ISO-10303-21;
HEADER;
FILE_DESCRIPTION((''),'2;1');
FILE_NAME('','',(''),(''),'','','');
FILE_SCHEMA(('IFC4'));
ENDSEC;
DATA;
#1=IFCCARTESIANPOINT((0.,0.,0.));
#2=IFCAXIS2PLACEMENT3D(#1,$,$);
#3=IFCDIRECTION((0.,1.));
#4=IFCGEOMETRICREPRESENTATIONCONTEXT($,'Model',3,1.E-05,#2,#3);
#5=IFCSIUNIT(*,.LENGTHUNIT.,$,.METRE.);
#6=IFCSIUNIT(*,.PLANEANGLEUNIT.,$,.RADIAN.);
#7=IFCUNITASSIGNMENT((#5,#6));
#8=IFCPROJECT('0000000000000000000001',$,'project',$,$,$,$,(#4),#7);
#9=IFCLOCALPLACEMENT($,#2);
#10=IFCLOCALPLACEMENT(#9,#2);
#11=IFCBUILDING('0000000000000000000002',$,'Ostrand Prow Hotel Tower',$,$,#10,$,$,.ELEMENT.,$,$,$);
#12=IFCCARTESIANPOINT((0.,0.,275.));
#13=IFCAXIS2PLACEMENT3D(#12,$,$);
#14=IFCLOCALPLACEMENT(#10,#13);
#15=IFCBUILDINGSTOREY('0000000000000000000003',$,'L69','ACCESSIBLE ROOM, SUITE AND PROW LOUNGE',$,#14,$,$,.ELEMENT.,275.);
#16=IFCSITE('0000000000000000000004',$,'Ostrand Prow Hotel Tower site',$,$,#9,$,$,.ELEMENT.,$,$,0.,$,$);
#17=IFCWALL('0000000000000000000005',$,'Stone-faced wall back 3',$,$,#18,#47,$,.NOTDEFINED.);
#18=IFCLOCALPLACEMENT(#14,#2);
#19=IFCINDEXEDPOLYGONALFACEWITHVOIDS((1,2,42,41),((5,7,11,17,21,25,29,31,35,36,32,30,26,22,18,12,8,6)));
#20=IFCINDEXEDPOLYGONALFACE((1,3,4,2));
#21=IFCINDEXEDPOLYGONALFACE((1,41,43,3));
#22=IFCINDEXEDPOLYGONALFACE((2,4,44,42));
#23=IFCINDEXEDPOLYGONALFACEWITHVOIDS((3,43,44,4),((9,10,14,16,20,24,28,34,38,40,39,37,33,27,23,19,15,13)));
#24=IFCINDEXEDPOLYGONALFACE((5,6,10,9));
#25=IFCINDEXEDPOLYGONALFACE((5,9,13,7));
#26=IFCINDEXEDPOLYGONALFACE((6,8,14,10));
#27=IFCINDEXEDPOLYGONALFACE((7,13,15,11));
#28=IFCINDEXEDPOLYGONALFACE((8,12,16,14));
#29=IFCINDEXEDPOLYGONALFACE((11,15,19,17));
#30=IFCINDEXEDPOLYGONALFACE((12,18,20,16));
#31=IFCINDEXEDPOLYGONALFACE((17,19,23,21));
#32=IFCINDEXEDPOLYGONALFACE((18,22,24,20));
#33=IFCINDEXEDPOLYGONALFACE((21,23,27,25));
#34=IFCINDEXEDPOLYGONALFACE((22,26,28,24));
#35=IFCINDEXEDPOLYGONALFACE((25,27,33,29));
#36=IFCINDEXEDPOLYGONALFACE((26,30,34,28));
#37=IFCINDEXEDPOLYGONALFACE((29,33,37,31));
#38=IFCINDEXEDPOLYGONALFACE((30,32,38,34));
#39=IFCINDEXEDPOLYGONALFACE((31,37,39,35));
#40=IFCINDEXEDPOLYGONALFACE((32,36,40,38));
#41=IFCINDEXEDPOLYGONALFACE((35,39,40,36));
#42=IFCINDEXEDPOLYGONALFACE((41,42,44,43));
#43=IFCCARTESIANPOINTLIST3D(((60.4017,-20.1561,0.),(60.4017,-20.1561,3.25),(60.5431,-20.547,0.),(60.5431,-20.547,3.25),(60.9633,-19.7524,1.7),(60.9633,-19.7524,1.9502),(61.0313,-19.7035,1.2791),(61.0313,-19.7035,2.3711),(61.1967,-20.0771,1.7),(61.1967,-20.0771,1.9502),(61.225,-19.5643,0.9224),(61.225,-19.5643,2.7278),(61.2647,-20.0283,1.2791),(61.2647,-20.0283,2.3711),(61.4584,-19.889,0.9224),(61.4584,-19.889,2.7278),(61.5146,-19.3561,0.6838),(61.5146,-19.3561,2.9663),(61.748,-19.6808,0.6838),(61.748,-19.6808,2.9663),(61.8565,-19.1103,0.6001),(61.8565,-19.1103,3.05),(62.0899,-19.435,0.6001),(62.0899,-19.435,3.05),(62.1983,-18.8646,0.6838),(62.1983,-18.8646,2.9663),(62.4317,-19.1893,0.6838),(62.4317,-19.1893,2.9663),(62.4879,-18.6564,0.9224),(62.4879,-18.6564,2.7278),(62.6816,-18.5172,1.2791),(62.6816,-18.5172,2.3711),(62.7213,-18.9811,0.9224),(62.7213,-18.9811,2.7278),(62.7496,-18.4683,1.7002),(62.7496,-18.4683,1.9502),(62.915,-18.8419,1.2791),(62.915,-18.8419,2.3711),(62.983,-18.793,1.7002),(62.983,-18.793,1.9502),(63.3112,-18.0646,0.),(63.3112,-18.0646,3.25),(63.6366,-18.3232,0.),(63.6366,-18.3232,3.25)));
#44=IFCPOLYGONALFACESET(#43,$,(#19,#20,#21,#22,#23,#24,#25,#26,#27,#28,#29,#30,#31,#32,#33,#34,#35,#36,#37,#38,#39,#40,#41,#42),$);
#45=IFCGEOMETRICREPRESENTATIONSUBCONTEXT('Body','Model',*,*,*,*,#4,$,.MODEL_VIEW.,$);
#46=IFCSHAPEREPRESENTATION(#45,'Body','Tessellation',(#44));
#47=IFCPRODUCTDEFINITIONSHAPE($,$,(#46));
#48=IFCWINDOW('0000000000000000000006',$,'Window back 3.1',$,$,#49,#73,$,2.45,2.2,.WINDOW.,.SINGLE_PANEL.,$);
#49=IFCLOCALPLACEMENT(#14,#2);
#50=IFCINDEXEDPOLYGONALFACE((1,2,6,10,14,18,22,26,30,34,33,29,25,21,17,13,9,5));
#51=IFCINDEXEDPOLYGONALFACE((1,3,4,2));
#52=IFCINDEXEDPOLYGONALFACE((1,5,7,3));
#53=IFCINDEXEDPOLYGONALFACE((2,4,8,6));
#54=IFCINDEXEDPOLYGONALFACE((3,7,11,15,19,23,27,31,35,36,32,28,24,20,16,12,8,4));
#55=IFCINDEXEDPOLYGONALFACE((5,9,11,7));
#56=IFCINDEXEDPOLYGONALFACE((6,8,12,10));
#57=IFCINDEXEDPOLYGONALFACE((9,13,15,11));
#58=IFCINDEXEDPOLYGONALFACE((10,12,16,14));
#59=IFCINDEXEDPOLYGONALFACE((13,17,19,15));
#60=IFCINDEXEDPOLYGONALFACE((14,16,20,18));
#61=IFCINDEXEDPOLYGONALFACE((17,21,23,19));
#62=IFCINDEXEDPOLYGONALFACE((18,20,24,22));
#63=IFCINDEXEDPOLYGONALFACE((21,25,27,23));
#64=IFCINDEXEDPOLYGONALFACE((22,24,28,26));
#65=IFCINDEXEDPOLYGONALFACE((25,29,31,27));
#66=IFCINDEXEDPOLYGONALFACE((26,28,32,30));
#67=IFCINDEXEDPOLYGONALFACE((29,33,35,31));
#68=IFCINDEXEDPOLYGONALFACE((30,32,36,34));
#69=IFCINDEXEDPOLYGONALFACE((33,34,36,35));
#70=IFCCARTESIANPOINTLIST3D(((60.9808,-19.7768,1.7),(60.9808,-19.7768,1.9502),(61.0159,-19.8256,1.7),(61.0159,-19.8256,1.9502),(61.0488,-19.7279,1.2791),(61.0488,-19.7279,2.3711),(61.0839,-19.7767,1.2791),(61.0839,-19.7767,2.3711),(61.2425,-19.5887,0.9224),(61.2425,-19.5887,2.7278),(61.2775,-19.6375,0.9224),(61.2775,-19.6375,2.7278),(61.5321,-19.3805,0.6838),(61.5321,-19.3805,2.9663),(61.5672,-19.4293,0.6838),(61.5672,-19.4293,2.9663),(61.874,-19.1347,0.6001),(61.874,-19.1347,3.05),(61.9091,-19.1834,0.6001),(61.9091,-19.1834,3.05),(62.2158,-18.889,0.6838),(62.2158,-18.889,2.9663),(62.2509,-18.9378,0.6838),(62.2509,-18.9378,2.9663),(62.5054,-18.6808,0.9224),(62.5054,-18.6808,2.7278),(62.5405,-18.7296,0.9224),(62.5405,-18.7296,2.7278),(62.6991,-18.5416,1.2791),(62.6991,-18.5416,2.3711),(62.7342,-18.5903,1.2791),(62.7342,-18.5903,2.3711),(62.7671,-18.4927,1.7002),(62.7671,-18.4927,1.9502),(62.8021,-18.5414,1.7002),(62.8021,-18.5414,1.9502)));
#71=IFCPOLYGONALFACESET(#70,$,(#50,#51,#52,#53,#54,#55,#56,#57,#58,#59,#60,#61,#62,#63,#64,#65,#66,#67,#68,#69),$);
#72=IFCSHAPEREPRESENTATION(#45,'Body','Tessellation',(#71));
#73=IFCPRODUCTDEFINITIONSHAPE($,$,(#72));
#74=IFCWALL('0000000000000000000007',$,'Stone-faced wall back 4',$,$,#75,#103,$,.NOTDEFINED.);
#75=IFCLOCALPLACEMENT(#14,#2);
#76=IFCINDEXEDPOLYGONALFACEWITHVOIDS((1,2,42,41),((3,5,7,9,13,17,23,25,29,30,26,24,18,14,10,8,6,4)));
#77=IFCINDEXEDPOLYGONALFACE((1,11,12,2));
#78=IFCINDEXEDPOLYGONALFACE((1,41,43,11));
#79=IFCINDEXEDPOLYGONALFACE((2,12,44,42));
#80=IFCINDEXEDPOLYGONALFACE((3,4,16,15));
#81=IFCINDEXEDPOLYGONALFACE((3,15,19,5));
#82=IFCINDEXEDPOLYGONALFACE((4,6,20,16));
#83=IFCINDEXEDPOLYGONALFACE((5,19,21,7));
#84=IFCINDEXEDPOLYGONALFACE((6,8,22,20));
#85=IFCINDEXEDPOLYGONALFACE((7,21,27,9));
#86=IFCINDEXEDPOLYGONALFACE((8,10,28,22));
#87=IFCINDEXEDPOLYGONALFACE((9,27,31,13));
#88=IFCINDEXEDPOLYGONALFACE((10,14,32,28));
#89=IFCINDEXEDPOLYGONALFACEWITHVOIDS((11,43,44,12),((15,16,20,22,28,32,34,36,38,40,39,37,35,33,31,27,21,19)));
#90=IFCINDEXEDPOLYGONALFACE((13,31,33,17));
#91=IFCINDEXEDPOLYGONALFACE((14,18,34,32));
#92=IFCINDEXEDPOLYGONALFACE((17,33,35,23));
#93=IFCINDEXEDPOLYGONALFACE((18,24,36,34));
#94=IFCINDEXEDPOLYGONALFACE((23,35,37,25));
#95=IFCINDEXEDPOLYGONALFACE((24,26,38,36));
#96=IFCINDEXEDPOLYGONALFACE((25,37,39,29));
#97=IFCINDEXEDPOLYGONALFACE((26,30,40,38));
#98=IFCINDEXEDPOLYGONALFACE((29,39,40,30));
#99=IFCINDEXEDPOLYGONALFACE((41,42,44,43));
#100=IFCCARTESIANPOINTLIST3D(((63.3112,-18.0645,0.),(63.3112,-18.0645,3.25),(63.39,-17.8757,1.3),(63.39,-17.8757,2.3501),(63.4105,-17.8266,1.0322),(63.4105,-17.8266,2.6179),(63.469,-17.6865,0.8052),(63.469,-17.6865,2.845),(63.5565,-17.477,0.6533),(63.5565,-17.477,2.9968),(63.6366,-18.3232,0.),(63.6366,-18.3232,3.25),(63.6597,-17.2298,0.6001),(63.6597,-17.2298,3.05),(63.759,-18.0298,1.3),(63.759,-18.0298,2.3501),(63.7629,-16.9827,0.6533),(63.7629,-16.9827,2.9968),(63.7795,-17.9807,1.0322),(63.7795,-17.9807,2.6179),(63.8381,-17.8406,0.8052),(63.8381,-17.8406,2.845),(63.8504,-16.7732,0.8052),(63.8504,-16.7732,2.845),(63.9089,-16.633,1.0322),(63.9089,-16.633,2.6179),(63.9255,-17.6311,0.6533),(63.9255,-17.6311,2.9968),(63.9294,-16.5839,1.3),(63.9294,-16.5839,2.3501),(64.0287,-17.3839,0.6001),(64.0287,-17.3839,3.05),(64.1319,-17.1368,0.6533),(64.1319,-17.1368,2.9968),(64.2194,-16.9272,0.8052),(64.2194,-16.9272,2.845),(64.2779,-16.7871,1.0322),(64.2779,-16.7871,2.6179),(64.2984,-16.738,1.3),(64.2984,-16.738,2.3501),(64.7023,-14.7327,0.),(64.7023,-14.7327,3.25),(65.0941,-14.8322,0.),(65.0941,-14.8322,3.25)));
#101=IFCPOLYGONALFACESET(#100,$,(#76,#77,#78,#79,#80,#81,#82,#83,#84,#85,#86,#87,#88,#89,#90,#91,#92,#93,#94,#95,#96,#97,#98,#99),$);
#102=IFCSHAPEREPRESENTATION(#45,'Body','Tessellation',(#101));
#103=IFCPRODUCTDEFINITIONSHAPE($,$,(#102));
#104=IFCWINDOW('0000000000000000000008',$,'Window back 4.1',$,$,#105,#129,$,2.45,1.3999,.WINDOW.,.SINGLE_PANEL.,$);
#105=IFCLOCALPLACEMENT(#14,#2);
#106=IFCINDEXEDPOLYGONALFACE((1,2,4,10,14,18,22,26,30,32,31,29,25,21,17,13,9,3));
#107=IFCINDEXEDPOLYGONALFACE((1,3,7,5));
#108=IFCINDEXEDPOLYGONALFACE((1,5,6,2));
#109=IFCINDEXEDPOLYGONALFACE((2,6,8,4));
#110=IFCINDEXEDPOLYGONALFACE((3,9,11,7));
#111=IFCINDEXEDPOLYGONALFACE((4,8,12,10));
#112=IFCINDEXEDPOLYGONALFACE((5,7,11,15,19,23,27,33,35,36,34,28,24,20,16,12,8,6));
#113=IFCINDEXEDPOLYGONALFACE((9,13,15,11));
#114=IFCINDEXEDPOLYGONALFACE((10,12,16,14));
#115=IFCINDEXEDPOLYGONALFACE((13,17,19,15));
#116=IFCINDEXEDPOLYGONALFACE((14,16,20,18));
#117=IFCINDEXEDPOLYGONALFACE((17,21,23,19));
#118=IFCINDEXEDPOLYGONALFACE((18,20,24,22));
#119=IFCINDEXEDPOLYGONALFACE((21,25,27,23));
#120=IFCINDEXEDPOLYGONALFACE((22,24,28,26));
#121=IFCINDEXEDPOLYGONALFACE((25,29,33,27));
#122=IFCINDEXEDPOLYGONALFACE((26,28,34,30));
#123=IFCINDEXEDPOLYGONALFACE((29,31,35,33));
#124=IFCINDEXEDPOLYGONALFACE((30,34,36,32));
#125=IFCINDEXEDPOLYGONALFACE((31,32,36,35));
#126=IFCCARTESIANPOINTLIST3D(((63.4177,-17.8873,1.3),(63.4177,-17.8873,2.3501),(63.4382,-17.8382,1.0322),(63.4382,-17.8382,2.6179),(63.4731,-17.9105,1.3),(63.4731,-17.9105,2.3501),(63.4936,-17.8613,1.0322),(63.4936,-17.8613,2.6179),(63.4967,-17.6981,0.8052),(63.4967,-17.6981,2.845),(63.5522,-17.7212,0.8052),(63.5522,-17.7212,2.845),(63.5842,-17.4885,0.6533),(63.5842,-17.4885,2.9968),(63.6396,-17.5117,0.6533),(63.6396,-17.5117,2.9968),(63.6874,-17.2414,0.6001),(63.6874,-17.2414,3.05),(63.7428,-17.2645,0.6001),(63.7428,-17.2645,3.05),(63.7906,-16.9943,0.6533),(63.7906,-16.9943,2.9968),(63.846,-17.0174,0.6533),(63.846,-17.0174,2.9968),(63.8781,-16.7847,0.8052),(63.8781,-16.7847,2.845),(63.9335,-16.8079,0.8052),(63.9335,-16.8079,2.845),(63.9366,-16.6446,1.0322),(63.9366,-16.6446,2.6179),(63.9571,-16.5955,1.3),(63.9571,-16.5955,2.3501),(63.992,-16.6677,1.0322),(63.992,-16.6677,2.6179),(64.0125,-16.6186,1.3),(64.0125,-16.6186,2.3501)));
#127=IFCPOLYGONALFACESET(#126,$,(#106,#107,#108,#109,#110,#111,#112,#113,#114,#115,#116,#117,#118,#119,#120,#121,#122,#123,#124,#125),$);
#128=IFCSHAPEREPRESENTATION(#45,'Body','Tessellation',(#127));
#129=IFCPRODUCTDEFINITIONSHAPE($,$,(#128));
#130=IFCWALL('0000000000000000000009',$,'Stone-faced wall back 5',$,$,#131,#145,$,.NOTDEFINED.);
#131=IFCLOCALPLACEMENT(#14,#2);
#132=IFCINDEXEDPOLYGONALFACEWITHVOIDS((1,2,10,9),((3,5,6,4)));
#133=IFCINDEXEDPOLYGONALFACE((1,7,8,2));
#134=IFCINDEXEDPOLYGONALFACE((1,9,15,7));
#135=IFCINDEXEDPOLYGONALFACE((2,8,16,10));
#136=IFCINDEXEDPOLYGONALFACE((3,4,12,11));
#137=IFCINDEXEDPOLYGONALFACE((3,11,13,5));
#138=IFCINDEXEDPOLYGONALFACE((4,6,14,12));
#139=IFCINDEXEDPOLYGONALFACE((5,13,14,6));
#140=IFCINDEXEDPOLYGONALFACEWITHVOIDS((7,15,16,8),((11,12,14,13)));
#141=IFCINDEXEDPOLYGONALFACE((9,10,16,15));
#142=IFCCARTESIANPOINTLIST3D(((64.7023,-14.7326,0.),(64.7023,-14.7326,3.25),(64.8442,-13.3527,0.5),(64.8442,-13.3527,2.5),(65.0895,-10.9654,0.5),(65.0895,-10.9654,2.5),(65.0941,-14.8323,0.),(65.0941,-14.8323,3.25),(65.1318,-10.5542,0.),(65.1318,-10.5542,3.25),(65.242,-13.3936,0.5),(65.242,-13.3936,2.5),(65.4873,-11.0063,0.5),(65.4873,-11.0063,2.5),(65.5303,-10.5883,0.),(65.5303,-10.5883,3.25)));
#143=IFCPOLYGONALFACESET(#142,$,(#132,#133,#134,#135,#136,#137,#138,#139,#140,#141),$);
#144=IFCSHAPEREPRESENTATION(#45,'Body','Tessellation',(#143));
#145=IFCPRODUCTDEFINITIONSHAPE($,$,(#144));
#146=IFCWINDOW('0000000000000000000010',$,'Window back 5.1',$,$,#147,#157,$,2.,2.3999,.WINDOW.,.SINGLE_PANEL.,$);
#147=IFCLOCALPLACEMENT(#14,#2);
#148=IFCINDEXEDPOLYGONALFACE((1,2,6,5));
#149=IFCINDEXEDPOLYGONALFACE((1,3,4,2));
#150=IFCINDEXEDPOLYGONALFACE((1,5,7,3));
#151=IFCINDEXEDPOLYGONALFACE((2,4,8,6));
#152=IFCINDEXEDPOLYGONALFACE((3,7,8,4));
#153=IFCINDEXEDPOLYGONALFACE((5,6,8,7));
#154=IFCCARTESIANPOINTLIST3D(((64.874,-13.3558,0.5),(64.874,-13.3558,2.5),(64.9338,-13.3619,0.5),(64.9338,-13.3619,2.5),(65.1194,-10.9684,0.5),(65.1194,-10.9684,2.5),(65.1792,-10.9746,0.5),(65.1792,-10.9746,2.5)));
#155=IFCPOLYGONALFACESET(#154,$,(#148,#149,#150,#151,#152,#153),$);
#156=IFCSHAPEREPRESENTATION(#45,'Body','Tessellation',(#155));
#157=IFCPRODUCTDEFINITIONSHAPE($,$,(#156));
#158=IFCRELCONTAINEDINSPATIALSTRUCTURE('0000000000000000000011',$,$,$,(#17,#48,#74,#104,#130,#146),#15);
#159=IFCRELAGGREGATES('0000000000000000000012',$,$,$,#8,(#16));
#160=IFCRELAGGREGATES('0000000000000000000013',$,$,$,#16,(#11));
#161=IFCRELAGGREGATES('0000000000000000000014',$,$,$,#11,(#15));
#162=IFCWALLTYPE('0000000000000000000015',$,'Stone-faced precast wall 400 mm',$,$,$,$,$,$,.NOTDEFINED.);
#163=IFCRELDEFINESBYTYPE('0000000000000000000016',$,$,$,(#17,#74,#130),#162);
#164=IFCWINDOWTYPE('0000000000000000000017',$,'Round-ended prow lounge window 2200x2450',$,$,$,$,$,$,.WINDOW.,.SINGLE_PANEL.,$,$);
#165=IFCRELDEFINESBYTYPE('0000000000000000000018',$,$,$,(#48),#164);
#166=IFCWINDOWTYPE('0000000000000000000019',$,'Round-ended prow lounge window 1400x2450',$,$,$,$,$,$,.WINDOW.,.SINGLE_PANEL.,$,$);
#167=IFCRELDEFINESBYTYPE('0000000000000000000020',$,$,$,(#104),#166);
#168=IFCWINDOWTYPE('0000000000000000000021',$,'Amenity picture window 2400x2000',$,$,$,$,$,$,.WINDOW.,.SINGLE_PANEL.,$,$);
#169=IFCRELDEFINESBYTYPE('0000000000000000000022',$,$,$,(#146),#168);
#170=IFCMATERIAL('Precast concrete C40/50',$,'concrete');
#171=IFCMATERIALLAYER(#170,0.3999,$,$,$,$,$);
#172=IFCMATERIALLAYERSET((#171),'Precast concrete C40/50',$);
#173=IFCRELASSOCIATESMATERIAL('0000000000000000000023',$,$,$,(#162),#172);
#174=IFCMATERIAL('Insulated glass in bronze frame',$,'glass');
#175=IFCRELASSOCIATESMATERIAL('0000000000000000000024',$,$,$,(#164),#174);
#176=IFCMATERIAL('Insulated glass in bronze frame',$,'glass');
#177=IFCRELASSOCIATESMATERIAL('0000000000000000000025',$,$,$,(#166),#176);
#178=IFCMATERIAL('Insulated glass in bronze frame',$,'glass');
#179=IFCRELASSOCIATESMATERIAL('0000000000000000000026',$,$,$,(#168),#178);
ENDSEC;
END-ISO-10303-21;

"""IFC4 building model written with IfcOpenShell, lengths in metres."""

from ifc_helpers import new_model, si_unit, direction, frame, frame_2d, origin, place, context, subcontext, project, spatial, polyline, rectangle, outline, extrude, material, layer, layer_set, type_object, element, fill, save


model = new_model("IFC4")

# Units and contexts
model_context = context("Model", 3, precision=1e-05, world=origin(), true_north=direction((0.0, 1.0)))
body_context = subcontext(model_context, "Body", "Model", "MODEL_VIEW")
ifc_project = project(units=[si_unit("LENGTHUNIT", "METRE"), si_unit("PLANEANGLEUNIT", "RADIAN")], contexts=[model_context])

# Site, building, storey
site_placement = place(None, origin())
site = spatial("IfcSite", under=ifc_project, at=site_placement, Name="Ostrand Prow Hotel Tower site", CompositionType="ELEMENT", RefElevation=0.0)
building_placement = place(site_placement, origin())
building = spatial("IfcBuilding", under=site, at=building_placement, Name="Ostrand Prow Hotel Tower", CompositionType="ELEMENT")
storey_placement = place(building_placement, frame((0.0, 0.0, 275.0)))
storey = spatial("IfcBuildingStorey", under=building, at=storey_placement, Name="L69", Description="ACCESSIBLE ROOM, SUITE AND PROW LOUNGE", CompositionType="ELEMENT", Elevation=275.0)

# Walls, openings, windows
ifc_material_1 = material(Name="Precast concrete C40/50", Category="concrete")
ifc_layer_1 = layer(ifc_material_1, 0.3999)
ifc_layer_set_1 = layer_set([ifc_layer_1], Name="Precast concrete C40/50")
wall_type_1 = type_object("IfcWallType", Name="Stone-faced precast wall 400 mm", PredefinedType="NOTDEFINED", material=ifc_layer_set_1)
ifc_material_2 = material(Name="Insulated glass in bronze frame", Category="glass")
window_type_1 = type_object("IfcWindowType", Name="Round-ended prow lounge window 2200x2450", PartitioningType="SINGLE_PANEL", PredefinedType="WINDOW", material=ifc_material_2)
wall_1_placement = place(storey_placement, frame((60.4724, -20.3516, 0.0), z_axis=(0.0, 0.0, 1.0), x_axis=(0.811963, 0.58371, 0.0)))
wall_1 = element("IfcWall", 1, at=wall_1_placement, inside=storey, type_object=wall_type_1, Name="Stone-faced wall back 3", PredefinedType="NOTDEFINED", context=body_context, shape_type="SweptSolid", body=[
    extrude(outline(polyline([(-0.0566, -0.2), (3.7532, -0.2), (3.6399, 0.2), (0.0566, 0.2), (-0.0566, -0.2)])), origin(), (0.0, 0.0, 1.0), 3.25),
])
opening_1_placement = place(wall_1_placement, frame((0.7483, 0.0, 0.6001)))
opening_1 = element("IfcOpeningElement", 2, at=opening_1_placement, cuts=wall_1, PredefinedType="OPENING", context=body_context, shape_type="SweptSolid", body=[
    extrude(outline(polyline([(0.0, 1.3501), (0.0837, 1.771), (0.3223, 2.1277), (0.679, 2.3662), (1.1001, 2.45), (1.521, 2.3662), (1.8777, 2.1277), (2.1162, 1.771), (2.2, 1.3501), (2.2, 1.1001), (2.1162, 0.679), (1.8777, 0.3223), (1.521, 0.0837), (1.1001, 0.0), (0.679, 0.0837), (0.3223, 0.3223), (0.0837, 0.679), (0.0, 1.0999), (0.0, 1.3501)])), frame((0.0, 0.21, 0.0), z_axis=(0.0, -1.0, 0.0), x_axis=(1.0, 0.0, 0.0)), (0.0, 0.0, 1.0), 0.4199),
])
window_1_placement = place(opening_1_placement, origin())
window_1 = element("IfcWindow", 3, at=window_1_placement, inside=storey, type_object=window_type_1, Name="Window back 3.1", OverallHeight=2.45, OverallWidth=2.2, PartitioningType="SINGLE_PANEL", PredefinedType="WINDOW", context=body_context, shape_type="SweptSolid", body=[
    extrude(outline(polyline([(0.0, 1.3501), (0.0837, 1.771), (0.3223, 2.1277), (0.679, 2.3662), (1.1001, 2.45), (1.521, 2.3662), (1.8777, 2.1277), (2.1162, 1.771), (2.2, 1.3501), (2.2, 1.1001), (2.1162, 0.679), (1.8777, 0.3223), (1.521, 0.0837), (1.1001, 0.0), (0.679, 0.0837), (0.3223, 0.3223), (0.0837, 0.679), (0.0, 1.0999), (0.0, 1.3501)])), frame((0.0, 0.1699, 0.0), z_axis=(0.0, -1.0, 0.0), x_axis=(1.0, 0.0, 0.0)), (0.0, 0.0, 1.0), 0.0601),
])
fill(opening_1, window_1)
wall_2_placement = place(storey_placement, frame((63.4739, -18.1938, 0.0), z_axis=(0.0, 0.0, 1.0), x_axis=(0.385286, 0.922797, 0.0)))
wall_2 = element("IfcWall", 4, at=wall_2_placement, inside=storey, type_object=wall_type_1, Name="Stone-faced wall back 4", PredefinedType="NOTDEFINED", context=body_context, shape_type="SweptSolid", body=[
    extrude(outline(polyline([(-0.0566, -0.2), (3.7263, -0.2), (3.6672, 0.2), (0.0566, 0.2), (-0.0566, -0.2)])), origin(), (0.0, 0.0, 1.0), 3.25),
])
opening_2_placement = place(wall_2_placement, frame((0.2612, 0.0, 0.6001)))
opening_2 = element("IfcOpeningElement", 5, at=opening_2_placement, cuts=wall_2, PredefinedType="OPENING", context=body_context, shape_type="SweptSolid", body=[
    extrude(outline(polyline([(0.0, 1.75), (0.0532, 2.0178), (0.2051, 2.2449), (0.4321, 2.3967), (0.7, 2.45), (0.9678, 2.3967), (1.1948, 2.2449), (1.3467, 2.0178), (1.3999, 1.75), (1.3999, 0.7), (1.3467, 0.4321), (1.1948, 0.2051), (0.9678, 0.0532), (0.7, 0.0), (0.4321, 0.0532), (0.2051, 0.2051), (0.0532, 0.4321), (0.0, 0.7), (0.0, 1.75)])), frame((0.0, 0.21, 0.0), z_axis=(0.0, -1.0, 0.0), x_axis=(1.0, 0.0, 0.0)), (0.0, 0.0, 1.0), 0.4199),
])
ifc_material_3 = material(Name="Insulated glass in bronze frame", Category="glass")
window_type_2 = type_object("IfcWindowType", Name="Round-ended prow lounge window 1400x2450", PartitioningType="SINGLE_PANEL", PredefinedType="WINDOW", material=ifc_material_3)
window_2_placement = place(opening_2_placement, origin())
window_2 = element("IfcWindow", 6, at=window_2_placement, inside=storey, type_object=window_type_2, Name="Window back 4.1", OverallHeight=2.45, OverallWidth=1.3999, PartitioningType="SINGLE_PANEL", PredefinedType="WINDOW", context=body_context, shape_type="SweptSolid", body=[
    extrude(outline(polyline([(0.0, 1.75), (0.0532, 2.0178), (0.2051, 2.2449), (0.4321, 2.3967), (0.7, 2.45), (0.9678, 2.3967), (1.1948, 2.2449), (1.3467, 2.0178), (1.3999, 1.75), (1.3999, 0.7), (1.3467, 0.4321), (1.1948, 0.2051), (0.9678, 0.0532), (0.7, 0.0), (0.4321, 0.0532), (0.2051, 0.2051), (0.0532, 0.4321), (0.0, 0.7), (0.0, 1.75)])), frame((0.0, 0.1699, 0.0), z_axis=(0.0, -1.0, 0.0), x_axis=(1.0, 0.0, 0.0)), (0.0, 0.0, 1.0), 0.0601),
])
fill(opening_2, window_2)
wall_3_placement = place(storey_placement, frame((64.8982, -14.7825, 0.0), z_axis=(0.0, 0.0, 1.0), x_axis=(0.10225, 0.994759, 0.0)))
wall_3 = element("IfcWall", 7, at=wall_3_placement, inside=storey, type_object=wall_type_1, Name="Stone-faced wall back 5", PredefinedType="NOTDEFINED", context=body_context, shape_type="SweptSolid", body=[
    extrude(outline(polyline([(-0.0295, -0.2), (4.2368, -0.2), (4.23, 0.2), (0.0295, 0.2), (-0.0295, -0.2)])), origin(), (0.0, 0.0, 1.0), 3.25),
])
opening_3_placement = place(wall_3_placement, frame((1.4167, 0.0, 0.5)))
opening_3 = element("IfcOpeningElement", 8, at=opening_3_placement, cuts=wall_3, PredefinedType="OPENING", context=body_context, shape_type="SweptSolid", body=[
    extrude(rectangle(XDim=2.3999, YDim=2.0, at=frame_2d((1.2, 1.0))), frame((0.0, 0.21, 0.0), z_axis=(0.0, -1.0, 0.0), x_axis=(1.0, 0.0, 0.0)), (0.0, 0.0, 1.0), 0.4199),
])
ifc_material_4 = material(Name="Insulated glass in bronze frame", Category="glass")
window_type_3 = type_object("IfcWindowType", Name="Amenity picture window 2400x2000", PartitioningType="SINGLE_PANEL", PredefinedType="WINDOW", material=ifc_material_4)
window_3_placement = place(opening_3_placement, origin())
window_3 = element("IfcWindow", 9, at=window_3_placement, inside=storey, type_object=window_type_3, Name="Window back 5.1", OverallHeight=2.0, OverallWidth=2.3999, PartitioningType="SINGLE_PANEL", PredefinedType="WINDOW", context=body_context, shape_type="SweptSolid", body=[
    extrude(rectangle(XDim=2.3999, YDim=2.0, at=frame_2d((1.2, 1.0))), frame((0.0, 0.1699, 0.0), z_axis=(0.0, -1.0, 0.0), x_axis=(1.0, 0.0, 0.0)), (0.0, 0.0, 1.0), 0.0601),
])
fill(opening_3, window_3)

save(model, "model.ifc")
